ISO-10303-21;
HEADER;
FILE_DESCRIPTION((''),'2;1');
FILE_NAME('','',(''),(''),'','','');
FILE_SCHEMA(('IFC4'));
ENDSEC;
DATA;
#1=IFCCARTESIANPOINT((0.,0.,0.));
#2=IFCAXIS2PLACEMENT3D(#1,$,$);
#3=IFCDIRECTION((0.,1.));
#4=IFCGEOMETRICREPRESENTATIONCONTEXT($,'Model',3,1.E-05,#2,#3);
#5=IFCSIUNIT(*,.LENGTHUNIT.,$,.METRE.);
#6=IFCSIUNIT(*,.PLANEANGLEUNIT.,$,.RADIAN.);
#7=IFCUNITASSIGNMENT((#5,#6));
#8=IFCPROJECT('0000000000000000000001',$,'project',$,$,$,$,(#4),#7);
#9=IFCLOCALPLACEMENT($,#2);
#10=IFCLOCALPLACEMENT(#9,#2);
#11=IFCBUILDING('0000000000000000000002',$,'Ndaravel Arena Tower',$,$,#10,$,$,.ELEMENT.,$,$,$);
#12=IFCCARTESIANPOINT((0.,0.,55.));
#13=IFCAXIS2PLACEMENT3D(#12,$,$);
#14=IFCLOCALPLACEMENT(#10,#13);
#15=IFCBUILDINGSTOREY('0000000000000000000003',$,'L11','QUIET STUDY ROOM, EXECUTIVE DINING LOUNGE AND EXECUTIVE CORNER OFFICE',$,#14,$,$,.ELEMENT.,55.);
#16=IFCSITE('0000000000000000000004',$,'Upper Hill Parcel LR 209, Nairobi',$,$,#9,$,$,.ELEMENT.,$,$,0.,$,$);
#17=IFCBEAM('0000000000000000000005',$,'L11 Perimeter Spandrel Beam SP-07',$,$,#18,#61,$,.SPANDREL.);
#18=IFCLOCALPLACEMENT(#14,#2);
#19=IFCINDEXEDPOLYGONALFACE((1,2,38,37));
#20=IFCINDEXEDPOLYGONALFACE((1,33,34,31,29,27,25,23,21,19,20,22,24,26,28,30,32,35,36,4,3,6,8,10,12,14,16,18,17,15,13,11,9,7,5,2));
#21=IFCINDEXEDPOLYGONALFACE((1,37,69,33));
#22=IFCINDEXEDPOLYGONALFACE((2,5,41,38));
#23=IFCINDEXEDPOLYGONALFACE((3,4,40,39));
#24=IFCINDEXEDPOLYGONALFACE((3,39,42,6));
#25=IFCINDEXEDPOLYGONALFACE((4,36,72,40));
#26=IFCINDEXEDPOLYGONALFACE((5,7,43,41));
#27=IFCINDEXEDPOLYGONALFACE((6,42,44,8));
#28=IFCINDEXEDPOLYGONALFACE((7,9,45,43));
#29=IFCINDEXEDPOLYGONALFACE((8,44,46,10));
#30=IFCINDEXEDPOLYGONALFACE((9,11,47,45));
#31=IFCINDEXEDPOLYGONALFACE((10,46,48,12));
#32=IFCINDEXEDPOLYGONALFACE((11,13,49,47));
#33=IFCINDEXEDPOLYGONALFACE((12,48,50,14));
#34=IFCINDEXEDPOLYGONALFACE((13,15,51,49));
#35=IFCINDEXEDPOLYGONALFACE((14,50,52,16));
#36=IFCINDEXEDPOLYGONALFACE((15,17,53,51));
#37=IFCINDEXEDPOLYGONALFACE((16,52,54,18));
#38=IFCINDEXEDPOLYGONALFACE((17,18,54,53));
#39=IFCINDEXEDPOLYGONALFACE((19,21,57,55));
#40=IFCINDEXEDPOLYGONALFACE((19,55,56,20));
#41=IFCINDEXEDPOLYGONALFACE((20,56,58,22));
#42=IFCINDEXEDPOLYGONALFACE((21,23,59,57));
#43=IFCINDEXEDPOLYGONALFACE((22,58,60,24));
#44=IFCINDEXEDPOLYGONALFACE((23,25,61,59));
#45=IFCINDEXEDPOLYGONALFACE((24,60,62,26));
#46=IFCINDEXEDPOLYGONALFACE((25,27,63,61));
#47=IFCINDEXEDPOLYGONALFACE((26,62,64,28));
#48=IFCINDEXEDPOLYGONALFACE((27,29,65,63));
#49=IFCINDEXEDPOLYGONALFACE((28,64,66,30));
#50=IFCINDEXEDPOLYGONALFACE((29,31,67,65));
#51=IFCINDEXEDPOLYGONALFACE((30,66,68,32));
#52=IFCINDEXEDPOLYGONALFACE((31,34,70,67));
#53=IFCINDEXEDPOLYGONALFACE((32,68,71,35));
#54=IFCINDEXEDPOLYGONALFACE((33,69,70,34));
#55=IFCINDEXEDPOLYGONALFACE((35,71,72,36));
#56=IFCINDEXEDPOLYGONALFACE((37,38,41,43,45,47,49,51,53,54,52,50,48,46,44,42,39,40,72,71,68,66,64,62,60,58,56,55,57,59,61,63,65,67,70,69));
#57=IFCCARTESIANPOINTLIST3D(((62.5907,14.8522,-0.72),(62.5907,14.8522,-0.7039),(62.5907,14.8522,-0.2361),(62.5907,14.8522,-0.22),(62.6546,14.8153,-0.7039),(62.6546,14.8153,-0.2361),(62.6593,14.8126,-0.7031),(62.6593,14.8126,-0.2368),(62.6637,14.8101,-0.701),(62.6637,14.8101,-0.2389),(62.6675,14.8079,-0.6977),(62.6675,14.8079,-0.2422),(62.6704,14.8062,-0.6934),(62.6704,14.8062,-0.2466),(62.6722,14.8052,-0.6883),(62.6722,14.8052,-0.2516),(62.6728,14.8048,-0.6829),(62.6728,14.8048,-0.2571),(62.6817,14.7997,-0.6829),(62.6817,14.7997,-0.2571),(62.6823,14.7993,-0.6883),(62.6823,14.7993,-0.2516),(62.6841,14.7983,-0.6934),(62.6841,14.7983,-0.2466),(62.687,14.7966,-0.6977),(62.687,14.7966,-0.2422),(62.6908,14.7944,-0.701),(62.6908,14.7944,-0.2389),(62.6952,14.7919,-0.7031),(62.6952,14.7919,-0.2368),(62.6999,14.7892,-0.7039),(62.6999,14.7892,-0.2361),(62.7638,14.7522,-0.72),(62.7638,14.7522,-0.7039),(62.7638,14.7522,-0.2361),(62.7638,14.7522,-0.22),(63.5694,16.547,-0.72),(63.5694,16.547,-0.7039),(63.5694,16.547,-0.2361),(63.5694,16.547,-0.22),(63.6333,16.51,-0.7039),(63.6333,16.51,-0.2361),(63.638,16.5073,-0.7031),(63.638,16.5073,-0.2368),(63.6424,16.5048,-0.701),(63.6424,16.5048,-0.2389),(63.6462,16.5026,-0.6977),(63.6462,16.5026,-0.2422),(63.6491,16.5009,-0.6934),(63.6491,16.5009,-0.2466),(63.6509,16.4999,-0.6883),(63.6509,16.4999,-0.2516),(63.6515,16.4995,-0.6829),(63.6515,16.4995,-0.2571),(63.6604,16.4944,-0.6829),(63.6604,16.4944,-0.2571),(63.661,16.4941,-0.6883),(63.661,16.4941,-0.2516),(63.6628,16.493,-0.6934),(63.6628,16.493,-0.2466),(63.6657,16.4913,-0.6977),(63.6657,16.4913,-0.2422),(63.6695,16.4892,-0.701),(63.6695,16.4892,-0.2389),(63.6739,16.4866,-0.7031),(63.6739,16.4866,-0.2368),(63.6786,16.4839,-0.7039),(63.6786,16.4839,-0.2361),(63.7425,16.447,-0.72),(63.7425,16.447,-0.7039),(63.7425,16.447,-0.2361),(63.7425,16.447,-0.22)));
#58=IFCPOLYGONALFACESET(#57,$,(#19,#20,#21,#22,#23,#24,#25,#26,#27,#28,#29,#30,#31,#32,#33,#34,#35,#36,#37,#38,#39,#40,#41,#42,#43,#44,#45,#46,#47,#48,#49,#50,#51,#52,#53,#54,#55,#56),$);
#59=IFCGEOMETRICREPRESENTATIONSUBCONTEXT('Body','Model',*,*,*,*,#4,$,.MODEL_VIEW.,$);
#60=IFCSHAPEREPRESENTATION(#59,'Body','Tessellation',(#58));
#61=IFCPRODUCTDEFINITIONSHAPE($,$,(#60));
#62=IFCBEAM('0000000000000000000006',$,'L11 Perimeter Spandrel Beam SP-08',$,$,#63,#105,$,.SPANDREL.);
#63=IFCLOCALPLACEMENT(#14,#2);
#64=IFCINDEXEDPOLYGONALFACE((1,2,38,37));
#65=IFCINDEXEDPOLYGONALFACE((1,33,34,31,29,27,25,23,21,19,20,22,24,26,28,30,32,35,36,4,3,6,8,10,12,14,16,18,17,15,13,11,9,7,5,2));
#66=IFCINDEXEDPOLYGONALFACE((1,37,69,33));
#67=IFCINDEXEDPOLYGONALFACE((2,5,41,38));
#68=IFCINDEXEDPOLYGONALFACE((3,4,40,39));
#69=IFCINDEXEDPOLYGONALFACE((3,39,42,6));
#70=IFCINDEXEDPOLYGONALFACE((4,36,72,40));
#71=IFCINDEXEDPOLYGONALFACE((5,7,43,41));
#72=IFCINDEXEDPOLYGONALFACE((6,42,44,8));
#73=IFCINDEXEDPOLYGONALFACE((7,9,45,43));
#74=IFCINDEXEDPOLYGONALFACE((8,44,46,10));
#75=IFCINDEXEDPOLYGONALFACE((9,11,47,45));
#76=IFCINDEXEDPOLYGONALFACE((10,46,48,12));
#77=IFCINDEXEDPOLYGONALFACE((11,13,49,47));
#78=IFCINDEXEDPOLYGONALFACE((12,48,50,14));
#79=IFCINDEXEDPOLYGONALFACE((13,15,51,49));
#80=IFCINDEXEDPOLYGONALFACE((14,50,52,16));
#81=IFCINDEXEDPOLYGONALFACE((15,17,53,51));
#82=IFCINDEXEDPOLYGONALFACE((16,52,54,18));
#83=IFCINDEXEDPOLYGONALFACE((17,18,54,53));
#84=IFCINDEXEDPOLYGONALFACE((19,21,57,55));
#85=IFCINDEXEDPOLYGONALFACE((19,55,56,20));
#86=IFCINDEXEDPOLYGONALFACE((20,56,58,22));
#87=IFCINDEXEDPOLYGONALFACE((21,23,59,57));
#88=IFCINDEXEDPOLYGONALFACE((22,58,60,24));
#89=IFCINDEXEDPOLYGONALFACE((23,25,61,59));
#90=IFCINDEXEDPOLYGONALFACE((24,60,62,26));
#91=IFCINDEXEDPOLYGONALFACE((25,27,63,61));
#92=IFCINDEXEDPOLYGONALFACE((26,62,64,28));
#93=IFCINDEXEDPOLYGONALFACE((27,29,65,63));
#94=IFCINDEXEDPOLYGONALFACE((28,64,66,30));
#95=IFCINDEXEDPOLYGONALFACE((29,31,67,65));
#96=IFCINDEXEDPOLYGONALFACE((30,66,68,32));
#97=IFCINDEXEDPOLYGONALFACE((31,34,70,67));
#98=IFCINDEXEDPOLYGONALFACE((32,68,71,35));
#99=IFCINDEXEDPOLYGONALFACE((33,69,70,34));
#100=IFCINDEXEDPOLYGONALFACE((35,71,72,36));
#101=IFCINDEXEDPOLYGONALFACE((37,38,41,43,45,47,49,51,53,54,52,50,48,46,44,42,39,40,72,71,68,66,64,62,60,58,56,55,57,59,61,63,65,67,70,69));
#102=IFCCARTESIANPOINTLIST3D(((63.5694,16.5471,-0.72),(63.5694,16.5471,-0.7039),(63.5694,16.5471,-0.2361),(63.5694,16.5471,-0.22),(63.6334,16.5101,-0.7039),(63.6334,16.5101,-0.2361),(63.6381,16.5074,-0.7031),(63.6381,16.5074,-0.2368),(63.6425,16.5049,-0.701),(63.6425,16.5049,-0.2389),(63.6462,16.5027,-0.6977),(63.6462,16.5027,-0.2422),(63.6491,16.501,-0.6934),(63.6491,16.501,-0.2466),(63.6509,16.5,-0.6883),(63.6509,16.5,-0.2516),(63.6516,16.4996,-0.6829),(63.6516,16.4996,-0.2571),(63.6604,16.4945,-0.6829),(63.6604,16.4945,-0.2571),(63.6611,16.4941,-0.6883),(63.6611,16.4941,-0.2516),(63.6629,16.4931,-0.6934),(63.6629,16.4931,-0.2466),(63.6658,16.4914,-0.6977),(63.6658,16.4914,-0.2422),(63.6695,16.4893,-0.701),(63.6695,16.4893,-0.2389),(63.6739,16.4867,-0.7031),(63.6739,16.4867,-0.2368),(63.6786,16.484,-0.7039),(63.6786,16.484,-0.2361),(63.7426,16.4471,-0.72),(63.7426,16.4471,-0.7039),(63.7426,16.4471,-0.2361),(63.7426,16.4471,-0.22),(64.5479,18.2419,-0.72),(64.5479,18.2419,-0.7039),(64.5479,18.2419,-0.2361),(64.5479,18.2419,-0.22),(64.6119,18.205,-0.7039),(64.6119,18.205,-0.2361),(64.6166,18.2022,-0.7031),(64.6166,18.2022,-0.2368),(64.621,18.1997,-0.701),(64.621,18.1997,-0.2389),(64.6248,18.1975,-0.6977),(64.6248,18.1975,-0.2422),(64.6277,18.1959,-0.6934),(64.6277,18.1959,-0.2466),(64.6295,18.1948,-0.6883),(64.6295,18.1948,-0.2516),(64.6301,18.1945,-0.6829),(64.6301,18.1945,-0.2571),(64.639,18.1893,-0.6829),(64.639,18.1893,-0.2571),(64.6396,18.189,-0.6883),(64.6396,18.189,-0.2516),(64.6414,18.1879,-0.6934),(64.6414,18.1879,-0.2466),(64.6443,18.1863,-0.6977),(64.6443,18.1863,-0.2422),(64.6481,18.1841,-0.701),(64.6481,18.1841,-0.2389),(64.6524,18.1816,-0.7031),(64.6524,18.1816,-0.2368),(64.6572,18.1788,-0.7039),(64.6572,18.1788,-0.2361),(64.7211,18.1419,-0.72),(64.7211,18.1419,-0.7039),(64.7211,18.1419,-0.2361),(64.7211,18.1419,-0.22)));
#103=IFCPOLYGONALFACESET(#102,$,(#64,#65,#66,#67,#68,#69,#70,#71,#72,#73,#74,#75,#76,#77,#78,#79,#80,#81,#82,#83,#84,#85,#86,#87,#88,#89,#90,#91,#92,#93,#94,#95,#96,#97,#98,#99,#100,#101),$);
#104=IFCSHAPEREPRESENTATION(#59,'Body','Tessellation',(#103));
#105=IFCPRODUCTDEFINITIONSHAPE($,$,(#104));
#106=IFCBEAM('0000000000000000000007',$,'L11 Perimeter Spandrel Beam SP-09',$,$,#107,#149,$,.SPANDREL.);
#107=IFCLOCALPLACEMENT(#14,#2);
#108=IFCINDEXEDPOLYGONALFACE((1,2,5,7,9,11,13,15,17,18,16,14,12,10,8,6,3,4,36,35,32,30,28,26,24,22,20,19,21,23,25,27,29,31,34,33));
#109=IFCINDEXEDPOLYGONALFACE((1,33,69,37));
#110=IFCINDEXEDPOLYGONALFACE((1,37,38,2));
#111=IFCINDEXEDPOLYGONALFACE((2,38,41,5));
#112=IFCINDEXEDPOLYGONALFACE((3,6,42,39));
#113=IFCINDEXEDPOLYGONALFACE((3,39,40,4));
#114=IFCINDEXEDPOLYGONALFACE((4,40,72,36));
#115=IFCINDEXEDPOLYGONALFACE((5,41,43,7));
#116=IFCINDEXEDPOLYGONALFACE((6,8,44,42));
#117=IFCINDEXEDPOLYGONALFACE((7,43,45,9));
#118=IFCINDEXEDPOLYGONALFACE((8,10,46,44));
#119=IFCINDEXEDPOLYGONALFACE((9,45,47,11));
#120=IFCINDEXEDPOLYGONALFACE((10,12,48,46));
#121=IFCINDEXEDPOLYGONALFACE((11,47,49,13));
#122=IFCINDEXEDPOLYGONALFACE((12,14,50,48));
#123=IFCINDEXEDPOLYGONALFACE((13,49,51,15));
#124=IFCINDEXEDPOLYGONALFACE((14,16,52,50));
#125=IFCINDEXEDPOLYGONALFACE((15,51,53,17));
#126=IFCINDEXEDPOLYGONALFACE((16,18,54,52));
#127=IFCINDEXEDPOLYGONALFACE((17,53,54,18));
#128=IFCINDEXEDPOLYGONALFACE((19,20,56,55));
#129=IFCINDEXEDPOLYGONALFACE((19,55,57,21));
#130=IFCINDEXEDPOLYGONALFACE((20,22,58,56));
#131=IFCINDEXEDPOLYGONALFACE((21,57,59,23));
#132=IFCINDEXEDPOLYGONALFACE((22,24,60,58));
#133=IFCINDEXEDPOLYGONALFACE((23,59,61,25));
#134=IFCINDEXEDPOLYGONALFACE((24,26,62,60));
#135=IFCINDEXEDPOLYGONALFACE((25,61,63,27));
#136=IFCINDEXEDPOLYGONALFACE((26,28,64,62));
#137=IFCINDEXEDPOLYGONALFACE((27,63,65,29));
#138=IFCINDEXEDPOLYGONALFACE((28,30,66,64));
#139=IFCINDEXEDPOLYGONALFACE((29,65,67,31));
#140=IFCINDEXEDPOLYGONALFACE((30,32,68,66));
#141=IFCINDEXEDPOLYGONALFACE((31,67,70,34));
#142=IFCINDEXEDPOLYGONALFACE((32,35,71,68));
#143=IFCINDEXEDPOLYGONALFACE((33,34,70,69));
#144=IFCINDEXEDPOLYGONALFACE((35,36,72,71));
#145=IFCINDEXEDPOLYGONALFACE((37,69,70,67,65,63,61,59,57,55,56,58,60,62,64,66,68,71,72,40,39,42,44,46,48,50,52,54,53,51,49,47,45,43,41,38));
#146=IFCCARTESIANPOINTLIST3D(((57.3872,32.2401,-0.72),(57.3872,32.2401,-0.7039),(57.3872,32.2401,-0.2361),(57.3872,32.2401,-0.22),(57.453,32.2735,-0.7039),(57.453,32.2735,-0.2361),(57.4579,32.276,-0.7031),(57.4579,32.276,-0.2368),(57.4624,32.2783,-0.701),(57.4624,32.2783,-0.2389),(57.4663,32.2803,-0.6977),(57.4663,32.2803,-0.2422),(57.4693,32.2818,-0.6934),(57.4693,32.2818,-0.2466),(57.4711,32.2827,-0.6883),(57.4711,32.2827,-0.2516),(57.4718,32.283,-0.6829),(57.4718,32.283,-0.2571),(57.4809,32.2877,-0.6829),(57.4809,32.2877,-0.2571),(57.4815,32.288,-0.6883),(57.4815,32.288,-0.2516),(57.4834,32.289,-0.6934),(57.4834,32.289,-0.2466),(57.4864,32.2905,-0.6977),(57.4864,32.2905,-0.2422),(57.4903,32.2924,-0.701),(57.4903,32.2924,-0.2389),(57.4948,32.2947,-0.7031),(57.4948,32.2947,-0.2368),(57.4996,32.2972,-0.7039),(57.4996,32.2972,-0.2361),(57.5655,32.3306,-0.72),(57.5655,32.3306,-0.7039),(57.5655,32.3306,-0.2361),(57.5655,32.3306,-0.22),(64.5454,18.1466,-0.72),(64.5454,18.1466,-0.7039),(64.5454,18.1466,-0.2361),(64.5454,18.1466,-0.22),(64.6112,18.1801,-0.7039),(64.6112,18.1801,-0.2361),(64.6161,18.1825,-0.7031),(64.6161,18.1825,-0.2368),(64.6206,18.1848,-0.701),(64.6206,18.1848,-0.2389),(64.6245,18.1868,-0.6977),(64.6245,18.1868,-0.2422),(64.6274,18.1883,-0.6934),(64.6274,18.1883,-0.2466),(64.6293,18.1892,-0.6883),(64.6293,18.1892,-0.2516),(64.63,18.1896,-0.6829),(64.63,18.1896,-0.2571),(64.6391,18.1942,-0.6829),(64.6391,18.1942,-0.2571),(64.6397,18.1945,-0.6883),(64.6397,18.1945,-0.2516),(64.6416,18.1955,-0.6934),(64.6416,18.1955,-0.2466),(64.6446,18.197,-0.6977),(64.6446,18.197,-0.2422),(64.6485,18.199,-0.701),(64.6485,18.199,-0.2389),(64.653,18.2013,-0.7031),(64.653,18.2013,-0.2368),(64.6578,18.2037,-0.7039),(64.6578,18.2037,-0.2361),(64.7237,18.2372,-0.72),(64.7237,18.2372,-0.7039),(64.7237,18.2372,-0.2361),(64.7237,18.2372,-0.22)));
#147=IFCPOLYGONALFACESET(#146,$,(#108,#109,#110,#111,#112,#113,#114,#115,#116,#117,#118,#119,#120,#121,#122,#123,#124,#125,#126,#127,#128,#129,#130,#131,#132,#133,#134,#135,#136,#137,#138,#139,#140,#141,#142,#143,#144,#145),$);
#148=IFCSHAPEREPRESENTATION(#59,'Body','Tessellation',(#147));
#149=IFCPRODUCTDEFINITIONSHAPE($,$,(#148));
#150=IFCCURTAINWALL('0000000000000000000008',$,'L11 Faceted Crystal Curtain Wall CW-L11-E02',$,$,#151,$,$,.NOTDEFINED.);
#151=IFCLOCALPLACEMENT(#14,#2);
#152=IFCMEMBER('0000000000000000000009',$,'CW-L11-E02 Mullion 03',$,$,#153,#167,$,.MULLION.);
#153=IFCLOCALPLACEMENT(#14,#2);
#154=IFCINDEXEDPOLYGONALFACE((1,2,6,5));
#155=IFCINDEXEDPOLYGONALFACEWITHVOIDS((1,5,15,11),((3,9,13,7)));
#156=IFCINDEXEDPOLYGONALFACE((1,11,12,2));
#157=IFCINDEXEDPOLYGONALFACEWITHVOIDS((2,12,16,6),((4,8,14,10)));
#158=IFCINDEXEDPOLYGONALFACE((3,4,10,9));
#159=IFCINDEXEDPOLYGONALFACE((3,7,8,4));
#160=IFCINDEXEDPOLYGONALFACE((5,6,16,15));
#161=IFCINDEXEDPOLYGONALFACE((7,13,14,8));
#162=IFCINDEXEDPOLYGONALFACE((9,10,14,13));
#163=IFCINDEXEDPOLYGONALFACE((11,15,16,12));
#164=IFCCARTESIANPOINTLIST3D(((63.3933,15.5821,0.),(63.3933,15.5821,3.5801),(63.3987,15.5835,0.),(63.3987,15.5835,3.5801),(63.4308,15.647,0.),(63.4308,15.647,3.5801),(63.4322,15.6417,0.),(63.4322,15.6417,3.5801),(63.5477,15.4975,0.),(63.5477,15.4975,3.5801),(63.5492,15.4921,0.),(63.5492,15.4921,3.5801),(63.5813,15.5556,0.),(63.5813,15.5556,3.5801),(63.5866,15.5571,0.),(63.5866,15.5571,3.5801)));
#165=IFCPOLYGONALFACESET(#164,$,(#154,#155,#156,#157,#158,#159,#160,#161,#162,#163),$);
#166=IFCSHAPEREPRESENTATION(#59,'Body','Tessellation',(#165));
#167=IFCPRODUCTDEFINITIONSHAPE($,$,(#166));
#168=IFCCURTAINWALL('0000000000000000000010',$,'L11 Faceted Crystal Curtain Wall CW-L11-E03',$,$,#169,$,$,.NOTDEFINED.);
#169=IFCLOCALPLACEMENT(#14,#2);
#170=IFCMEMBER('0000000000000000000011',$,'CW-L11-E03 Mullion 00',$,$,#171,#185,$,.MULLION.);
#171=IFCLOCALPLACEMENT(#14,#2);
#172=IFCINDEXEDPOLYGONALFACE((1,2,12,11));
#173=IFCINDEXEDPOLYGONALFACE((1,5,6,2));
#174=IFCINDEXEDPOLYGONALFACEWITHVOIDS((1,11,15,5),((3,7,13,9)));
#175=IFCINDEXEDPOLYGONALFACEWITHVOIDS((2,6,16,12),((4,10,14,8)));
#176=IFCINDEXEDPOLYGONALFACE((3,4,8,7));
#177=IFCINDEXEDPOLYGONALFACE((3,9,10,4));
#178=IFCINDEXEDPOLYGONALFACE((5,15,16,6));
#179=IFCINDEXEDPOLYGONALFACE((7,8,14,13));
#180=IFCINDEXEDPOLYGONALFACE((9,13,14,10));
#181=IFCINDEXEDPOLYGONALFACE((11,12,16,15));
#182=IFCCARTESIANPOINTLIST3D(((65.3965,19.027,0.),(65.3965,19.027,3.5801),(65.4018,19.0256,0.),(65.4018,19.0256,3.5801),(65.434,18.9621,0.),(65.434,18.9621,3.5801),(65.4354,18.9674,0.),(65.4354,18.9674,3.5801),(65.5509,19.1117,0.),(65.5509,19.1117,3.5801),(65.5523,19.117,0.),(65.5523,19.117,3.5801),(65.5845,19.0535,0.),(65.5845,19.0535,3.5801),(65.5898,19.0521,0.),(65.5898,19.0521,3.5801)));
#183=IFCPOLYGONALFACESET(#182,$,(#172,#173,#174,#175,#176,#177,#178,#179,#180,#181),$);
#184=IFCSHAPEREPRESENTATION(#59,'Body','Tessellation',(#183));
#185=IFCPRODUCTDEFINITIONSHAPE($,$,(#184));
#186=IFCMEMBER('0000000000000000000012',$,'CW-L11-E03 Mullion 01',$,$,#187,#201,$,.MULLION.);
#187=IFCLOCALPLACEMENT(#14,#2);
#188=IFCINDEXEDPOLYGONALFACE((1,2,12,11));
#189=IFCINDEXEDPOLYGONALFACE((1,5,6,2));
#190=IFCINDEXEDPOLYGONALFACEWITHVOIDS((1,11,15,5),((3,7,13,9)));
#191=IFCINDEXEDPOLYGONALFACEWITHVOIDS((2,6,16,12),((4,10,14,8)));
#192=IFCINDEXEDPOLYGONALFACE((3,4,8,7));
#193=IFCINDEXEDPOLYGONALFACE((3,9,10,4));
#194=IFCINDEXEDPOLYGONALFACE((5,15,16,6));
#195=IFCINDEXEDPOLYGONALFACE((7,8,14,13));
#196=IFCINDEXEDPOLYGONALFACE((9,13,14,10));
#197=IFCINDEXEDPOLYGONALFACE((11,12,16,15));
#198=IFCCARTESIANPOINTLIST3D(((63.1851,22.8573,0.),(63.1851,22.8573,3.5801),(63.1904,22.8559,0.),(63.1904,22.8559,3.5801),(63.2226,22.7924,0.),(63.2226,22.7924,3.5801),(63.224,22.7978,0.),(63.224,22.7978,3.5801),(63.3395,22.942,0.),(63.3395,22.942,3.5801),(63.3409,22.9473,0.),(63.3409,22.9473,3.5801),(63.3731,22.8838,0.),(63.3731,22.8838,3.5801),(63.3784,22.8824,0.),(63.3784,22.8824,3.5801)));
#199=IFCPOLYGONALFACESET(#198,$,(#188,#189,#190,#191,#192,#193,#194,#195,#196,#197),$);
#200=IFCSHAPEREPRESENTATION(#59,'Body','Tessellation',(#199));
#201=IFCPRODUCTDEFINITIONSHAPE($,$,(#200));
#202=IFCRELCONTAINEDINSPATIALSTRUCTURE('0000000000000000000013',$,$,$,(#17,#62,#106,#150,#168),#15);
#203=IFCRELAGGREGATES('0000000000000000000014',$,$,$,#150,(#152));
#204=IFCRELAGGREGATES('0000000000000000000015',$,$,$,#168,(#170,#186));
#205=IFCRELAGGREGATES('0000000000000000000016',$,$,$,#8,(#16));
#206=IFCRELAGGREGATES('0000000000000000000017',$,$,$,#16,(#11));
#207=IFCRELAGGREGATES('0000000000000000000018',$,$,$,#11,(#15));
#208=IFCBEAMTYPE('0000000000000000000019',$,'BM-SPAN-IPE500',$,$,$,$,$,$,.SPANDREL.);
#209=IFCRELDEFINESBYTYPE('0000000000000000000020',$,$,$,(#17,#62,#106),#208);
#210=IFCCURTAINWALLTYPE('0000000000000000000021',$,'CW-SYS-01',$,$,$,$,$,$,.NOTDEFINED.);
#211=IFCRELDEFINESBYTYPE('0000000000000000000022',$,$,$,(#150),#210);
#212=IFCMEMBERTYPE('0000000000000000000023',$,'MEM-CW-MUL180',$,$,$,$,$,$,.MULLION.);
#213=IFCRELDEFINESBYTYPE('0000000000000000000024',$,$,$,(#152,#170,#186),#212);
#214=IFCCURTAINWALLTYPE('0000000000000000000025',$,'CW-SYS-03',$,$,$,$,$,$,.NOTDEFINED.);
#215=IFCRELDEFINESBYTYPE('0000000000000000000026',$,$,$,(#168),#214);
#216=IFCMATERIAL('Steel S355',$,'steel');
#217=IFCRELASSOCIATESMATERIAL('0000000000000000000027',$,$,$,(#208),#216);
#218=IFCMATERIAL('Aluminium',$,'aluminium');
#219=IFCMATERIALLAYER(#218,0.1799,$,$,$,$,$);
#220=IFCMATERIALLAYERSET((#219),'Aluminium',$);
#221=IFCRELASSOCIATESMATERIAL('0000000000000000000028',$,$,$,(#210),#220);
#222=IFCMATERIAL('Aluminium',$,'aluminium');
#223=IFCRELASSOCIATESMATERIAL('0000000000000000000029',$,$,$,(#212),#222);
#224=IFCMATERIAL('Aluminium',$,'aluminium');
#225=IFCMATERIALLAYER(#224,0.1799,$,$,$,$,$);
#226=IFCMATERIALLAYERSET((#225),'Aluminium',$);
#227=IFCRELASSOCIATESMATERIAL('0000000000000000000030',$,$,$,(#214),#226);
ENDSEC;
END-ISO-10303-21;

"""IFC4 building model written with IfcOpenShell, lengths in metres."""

from ifc_helpers import new_model, si_unit, direction, frame, origin, origin_2d, place, context, subcontext, project, spatial, hollow_rectangle, i_section, extrude, material, layer, layer_set, material_profile, profile_set, type_object, element, aggregate, save


model = new_model("IFC4")

# Units and contexts
model_context = context("Model", 3, precision=1e-05, world=origin(), true_north=direction((0.0, 1.0)))
body_context = subcontext(model_context, "Body", "Model", "MODEL_VIEW")
ifc_project = project(units=[si_unit("LENGTHUNIT", "METRE"), si_unit("PLANEANGLEUNIT", "RADIAN")], contexts=[model_context])

# Site, building, storey
site_placement = place(None, origin())
site = spatial("IfcSite", under=ifc_project, at=site_placement, Name="Upper Hill Parcel LR 209, Nairobi", CompositionType="ELEMENT", RefElevation=0.0)
building_placement = place(site_placement, origin())
building = spatial("IfcBuilding", under=site, at=building_placement, Name="Ndaravel Arena Tower", CompositionType="ELEMENT")
storey_placement = place(building_placement, frame((0.0, 0.0, 55.0)))
storey = spatial("IfcBuildingStorey", under=building, at=storey_placement, Name="L11", Description="QUIET STUDY ROOM, EXECUTIVE DINING LOUNGE AND EXECUTIVE CORNER OFFICE", CompositionType="ELEMENT", Elevation=55.0)

# Beams
ifc_material_1 = material(Name="Steel S355", Category="steel")
ifc_material_profile_1 = material_profile(ifc_material_1, i_section(OverallWidth=0.2, OverallDepth=0.5, WebThickness=0.0103, FlangeThickness=0.0161, FilletRadius=0.021, at=origin_2d()), Name="IPE 500")
ifc_profile_set_1 = profile_set([ifc_material_profile_1], Name="Steel S355")
beam_type_1 = type_object("IfcBeamType", Name="BM-SPAN-IPE500", PredefinedType="SPANDREL", material=ifc_profile_set_1)
for number, where, z_axis, x_axis, name in (
    (1, (62.6772, 14.8022, -0.47), (0.500097, 0.86597, 0.0), (-0.86597, 0.500097, 0.0), "L11 Perimeter Spandrel Beam SP-07"),
    (2, (63.656, 16.4971, -0.47), (0.500003, 0.866024, 0.0), (-0.866024, 0.500003, 0.0), "L11 Perimeter Spandrel Beam SP-08"),
):
    element("IfcBeam", number, at=place(storey_placement, frame(where, z_axis=z_axis, x_axis=x_axis)), inside=storey, type_object=beam_type_1, Name=name, PredefinedType="SPANDREL", context=body_context, shape_type="SweptSolid", body=[
        extrude(i_section(OverallWidth=0.2, OverallDepth=0.5, WebThickness=0.0103, FlangeThickness=0.0161, FilletRadius=0.021, at=origin_2d()), origin(), (0.0, 0.0, 1.0), 1.957),
    ])
beam_1_placement = place(storey_placement, frame((64.6345, 18.1919, -0.47), z_axis=(-0.452845, 0.891589, 0.0), x_axis=(-0.891589, -0.452845, 0.0)))
element("IfcBeam", 3, at=beam_1_placement, inside=storey, type_object=beam_type_1, Name="L11 Perimeter Spandrel Beam SP-09", PredefinedType="SPANDREL", context=body_context, shape_type="SweptSolid", body=[
    extrude(i_section(OverallWidth=0.2, OverallDepth=0.5, WebThickness=0.0103, FlangeThickness=0.0161, FilletRadius=0.021, at=origin_2d()), origin(), (0.0, 0.0, 1.0), 15.8071),
])

# Curtain wall, member
ifc_material_2 = material(Name="Aluminium", Category="aluminium")
ifc_layer_1 = layer(ifc_material_2, 0.1799)
ifc_layer_set_1 = layer_set([ifc_layer_1], Name="Aluminium")
curtain_wall_type_1 = type_object("IfcCurtainWallType", Name="CW-SYS-01", PredefinedType="NOTDEFINED", material=ifc_layer_set_1)
curtain_wall_1_placement = place(storey_placement, origin())
curtain_wall_1 = element("IfcCurtainWall", 4, at=curtain_wall_1_placement, inside=storey, type_object=curtain_wall_type_1, Name="L11 Faceted Crystal Curtain Wall CW-L11-E02", PredefinedType="NOTDEFINED")
ifc_material_3 = material(Name="Aluminium", Category="aluminium")
ifc_material_profile_2 = material_profile(ifc_material_3, hollow_rectangle(XDim=0.075, YDim=0.1799, WallThickness=0.0039, at=origin_2d()), Name="CW MULLION 75x180x4")
ifc_profile_set_2 = profile_set([ifc_material_profile_2], Name="Aluminium")
member_type_1 = type_object("IfcMemberType", Name="MEM-CW-MUL180", PredefinedType="MULLION", material=ifc_profile_set_2)
member_1_placement = place(storey_placement, frame((63.49, 15.5696, 0.0), z_axis=(0.0, 0.0, 1.0), x_axis=(0.5, 0.866025, 0.0)))
member_1 = element("IfcMember", 5, at=member_1_placement, type_object=member_type_1, Name="CW-L11-E02 Mullion 03", PredefinedType="MULLION", context=body_context, shape_type="SweptSolid", body=[
    extrude(hollow_rectangle(XDim=0.075, YDim=0.1799, WallThickness=0.0039, at=origin_2d()), origin(), (0.0, 0.0, 1.0), 3.5801),
])

# Curtain wall, members
ifc_material_4 = material(Name="Aluminium", Category="aluminium")
ifc_layer_2 = layer(ifc_material_4, 0.1799)
ifc_layer_set_2 = layer_set([ifc_layer_2], Name="Aluminium")
curtain_wall_type_2 = type_object("IfcCurtainWallType", Name="CW-SYS-03", PredefinedType="NOTDEFINED", material=ifc_layer_set_2)
curtain_wall_2_placement = place(storey_placement, origin())
curtain_wall_2 = element("IfcCurtainWall", 6, at=curtain_wall_2_placement, inside=storey, type_object=curtain_wall_type_2, Name="L11 Faceted Crystal Curtain Wall CW-L11-E03", PredefinedType="NOTDEFINED")
member_2_placement = place(storey_placement, frame((65.4932, 19.0396, 0.0), z_axis=(0.0, 0.0, 1.0), x_axis=(-0.5, 0.866025, 0.0)))
member_2 = element("IfcMember", 7, at=member_2_placement, type_object=member_type_1, Name="CW-L11-E03 Mullion 00", PredefinedType="MULLION", context=body_context, shape_type="SweptSolid", body=[
    extrude(hollow_rectangle(XDim=0.075, YDim=0.1799, WallThickness=0.0039, at=origin_2d()), origin(), (0.0, 0.0, 1.0), 3.5801),
])
member_3_placement = place(storey_placement, frame((63.2817, 22.8699, 0.0), z_axis=(0.0, 0.0, 1.0), x_axis=(-0.5, 0.866025, 0.0)))
member_3 = element("IfcMember", 8, at=member_3_placement, type_object=member_type_1, Name="CW-L11-E03 Mullion 01", PredefinedType="MULLION", context=body_context, shape_type="SweptSolid", body=[
    extrude(hollow_rectangle(XDim=0.075, YDim=0.1799, WallThickness=0.0039, at=origin_2d()), origin(), (0.0, 0.0, 1.0), 3.5801),
])

aggregate(curtain_wall_1, [member_1])
aggregate(curtain_wall_2, [member_2, member_3])

save(model, "model.ifc")
